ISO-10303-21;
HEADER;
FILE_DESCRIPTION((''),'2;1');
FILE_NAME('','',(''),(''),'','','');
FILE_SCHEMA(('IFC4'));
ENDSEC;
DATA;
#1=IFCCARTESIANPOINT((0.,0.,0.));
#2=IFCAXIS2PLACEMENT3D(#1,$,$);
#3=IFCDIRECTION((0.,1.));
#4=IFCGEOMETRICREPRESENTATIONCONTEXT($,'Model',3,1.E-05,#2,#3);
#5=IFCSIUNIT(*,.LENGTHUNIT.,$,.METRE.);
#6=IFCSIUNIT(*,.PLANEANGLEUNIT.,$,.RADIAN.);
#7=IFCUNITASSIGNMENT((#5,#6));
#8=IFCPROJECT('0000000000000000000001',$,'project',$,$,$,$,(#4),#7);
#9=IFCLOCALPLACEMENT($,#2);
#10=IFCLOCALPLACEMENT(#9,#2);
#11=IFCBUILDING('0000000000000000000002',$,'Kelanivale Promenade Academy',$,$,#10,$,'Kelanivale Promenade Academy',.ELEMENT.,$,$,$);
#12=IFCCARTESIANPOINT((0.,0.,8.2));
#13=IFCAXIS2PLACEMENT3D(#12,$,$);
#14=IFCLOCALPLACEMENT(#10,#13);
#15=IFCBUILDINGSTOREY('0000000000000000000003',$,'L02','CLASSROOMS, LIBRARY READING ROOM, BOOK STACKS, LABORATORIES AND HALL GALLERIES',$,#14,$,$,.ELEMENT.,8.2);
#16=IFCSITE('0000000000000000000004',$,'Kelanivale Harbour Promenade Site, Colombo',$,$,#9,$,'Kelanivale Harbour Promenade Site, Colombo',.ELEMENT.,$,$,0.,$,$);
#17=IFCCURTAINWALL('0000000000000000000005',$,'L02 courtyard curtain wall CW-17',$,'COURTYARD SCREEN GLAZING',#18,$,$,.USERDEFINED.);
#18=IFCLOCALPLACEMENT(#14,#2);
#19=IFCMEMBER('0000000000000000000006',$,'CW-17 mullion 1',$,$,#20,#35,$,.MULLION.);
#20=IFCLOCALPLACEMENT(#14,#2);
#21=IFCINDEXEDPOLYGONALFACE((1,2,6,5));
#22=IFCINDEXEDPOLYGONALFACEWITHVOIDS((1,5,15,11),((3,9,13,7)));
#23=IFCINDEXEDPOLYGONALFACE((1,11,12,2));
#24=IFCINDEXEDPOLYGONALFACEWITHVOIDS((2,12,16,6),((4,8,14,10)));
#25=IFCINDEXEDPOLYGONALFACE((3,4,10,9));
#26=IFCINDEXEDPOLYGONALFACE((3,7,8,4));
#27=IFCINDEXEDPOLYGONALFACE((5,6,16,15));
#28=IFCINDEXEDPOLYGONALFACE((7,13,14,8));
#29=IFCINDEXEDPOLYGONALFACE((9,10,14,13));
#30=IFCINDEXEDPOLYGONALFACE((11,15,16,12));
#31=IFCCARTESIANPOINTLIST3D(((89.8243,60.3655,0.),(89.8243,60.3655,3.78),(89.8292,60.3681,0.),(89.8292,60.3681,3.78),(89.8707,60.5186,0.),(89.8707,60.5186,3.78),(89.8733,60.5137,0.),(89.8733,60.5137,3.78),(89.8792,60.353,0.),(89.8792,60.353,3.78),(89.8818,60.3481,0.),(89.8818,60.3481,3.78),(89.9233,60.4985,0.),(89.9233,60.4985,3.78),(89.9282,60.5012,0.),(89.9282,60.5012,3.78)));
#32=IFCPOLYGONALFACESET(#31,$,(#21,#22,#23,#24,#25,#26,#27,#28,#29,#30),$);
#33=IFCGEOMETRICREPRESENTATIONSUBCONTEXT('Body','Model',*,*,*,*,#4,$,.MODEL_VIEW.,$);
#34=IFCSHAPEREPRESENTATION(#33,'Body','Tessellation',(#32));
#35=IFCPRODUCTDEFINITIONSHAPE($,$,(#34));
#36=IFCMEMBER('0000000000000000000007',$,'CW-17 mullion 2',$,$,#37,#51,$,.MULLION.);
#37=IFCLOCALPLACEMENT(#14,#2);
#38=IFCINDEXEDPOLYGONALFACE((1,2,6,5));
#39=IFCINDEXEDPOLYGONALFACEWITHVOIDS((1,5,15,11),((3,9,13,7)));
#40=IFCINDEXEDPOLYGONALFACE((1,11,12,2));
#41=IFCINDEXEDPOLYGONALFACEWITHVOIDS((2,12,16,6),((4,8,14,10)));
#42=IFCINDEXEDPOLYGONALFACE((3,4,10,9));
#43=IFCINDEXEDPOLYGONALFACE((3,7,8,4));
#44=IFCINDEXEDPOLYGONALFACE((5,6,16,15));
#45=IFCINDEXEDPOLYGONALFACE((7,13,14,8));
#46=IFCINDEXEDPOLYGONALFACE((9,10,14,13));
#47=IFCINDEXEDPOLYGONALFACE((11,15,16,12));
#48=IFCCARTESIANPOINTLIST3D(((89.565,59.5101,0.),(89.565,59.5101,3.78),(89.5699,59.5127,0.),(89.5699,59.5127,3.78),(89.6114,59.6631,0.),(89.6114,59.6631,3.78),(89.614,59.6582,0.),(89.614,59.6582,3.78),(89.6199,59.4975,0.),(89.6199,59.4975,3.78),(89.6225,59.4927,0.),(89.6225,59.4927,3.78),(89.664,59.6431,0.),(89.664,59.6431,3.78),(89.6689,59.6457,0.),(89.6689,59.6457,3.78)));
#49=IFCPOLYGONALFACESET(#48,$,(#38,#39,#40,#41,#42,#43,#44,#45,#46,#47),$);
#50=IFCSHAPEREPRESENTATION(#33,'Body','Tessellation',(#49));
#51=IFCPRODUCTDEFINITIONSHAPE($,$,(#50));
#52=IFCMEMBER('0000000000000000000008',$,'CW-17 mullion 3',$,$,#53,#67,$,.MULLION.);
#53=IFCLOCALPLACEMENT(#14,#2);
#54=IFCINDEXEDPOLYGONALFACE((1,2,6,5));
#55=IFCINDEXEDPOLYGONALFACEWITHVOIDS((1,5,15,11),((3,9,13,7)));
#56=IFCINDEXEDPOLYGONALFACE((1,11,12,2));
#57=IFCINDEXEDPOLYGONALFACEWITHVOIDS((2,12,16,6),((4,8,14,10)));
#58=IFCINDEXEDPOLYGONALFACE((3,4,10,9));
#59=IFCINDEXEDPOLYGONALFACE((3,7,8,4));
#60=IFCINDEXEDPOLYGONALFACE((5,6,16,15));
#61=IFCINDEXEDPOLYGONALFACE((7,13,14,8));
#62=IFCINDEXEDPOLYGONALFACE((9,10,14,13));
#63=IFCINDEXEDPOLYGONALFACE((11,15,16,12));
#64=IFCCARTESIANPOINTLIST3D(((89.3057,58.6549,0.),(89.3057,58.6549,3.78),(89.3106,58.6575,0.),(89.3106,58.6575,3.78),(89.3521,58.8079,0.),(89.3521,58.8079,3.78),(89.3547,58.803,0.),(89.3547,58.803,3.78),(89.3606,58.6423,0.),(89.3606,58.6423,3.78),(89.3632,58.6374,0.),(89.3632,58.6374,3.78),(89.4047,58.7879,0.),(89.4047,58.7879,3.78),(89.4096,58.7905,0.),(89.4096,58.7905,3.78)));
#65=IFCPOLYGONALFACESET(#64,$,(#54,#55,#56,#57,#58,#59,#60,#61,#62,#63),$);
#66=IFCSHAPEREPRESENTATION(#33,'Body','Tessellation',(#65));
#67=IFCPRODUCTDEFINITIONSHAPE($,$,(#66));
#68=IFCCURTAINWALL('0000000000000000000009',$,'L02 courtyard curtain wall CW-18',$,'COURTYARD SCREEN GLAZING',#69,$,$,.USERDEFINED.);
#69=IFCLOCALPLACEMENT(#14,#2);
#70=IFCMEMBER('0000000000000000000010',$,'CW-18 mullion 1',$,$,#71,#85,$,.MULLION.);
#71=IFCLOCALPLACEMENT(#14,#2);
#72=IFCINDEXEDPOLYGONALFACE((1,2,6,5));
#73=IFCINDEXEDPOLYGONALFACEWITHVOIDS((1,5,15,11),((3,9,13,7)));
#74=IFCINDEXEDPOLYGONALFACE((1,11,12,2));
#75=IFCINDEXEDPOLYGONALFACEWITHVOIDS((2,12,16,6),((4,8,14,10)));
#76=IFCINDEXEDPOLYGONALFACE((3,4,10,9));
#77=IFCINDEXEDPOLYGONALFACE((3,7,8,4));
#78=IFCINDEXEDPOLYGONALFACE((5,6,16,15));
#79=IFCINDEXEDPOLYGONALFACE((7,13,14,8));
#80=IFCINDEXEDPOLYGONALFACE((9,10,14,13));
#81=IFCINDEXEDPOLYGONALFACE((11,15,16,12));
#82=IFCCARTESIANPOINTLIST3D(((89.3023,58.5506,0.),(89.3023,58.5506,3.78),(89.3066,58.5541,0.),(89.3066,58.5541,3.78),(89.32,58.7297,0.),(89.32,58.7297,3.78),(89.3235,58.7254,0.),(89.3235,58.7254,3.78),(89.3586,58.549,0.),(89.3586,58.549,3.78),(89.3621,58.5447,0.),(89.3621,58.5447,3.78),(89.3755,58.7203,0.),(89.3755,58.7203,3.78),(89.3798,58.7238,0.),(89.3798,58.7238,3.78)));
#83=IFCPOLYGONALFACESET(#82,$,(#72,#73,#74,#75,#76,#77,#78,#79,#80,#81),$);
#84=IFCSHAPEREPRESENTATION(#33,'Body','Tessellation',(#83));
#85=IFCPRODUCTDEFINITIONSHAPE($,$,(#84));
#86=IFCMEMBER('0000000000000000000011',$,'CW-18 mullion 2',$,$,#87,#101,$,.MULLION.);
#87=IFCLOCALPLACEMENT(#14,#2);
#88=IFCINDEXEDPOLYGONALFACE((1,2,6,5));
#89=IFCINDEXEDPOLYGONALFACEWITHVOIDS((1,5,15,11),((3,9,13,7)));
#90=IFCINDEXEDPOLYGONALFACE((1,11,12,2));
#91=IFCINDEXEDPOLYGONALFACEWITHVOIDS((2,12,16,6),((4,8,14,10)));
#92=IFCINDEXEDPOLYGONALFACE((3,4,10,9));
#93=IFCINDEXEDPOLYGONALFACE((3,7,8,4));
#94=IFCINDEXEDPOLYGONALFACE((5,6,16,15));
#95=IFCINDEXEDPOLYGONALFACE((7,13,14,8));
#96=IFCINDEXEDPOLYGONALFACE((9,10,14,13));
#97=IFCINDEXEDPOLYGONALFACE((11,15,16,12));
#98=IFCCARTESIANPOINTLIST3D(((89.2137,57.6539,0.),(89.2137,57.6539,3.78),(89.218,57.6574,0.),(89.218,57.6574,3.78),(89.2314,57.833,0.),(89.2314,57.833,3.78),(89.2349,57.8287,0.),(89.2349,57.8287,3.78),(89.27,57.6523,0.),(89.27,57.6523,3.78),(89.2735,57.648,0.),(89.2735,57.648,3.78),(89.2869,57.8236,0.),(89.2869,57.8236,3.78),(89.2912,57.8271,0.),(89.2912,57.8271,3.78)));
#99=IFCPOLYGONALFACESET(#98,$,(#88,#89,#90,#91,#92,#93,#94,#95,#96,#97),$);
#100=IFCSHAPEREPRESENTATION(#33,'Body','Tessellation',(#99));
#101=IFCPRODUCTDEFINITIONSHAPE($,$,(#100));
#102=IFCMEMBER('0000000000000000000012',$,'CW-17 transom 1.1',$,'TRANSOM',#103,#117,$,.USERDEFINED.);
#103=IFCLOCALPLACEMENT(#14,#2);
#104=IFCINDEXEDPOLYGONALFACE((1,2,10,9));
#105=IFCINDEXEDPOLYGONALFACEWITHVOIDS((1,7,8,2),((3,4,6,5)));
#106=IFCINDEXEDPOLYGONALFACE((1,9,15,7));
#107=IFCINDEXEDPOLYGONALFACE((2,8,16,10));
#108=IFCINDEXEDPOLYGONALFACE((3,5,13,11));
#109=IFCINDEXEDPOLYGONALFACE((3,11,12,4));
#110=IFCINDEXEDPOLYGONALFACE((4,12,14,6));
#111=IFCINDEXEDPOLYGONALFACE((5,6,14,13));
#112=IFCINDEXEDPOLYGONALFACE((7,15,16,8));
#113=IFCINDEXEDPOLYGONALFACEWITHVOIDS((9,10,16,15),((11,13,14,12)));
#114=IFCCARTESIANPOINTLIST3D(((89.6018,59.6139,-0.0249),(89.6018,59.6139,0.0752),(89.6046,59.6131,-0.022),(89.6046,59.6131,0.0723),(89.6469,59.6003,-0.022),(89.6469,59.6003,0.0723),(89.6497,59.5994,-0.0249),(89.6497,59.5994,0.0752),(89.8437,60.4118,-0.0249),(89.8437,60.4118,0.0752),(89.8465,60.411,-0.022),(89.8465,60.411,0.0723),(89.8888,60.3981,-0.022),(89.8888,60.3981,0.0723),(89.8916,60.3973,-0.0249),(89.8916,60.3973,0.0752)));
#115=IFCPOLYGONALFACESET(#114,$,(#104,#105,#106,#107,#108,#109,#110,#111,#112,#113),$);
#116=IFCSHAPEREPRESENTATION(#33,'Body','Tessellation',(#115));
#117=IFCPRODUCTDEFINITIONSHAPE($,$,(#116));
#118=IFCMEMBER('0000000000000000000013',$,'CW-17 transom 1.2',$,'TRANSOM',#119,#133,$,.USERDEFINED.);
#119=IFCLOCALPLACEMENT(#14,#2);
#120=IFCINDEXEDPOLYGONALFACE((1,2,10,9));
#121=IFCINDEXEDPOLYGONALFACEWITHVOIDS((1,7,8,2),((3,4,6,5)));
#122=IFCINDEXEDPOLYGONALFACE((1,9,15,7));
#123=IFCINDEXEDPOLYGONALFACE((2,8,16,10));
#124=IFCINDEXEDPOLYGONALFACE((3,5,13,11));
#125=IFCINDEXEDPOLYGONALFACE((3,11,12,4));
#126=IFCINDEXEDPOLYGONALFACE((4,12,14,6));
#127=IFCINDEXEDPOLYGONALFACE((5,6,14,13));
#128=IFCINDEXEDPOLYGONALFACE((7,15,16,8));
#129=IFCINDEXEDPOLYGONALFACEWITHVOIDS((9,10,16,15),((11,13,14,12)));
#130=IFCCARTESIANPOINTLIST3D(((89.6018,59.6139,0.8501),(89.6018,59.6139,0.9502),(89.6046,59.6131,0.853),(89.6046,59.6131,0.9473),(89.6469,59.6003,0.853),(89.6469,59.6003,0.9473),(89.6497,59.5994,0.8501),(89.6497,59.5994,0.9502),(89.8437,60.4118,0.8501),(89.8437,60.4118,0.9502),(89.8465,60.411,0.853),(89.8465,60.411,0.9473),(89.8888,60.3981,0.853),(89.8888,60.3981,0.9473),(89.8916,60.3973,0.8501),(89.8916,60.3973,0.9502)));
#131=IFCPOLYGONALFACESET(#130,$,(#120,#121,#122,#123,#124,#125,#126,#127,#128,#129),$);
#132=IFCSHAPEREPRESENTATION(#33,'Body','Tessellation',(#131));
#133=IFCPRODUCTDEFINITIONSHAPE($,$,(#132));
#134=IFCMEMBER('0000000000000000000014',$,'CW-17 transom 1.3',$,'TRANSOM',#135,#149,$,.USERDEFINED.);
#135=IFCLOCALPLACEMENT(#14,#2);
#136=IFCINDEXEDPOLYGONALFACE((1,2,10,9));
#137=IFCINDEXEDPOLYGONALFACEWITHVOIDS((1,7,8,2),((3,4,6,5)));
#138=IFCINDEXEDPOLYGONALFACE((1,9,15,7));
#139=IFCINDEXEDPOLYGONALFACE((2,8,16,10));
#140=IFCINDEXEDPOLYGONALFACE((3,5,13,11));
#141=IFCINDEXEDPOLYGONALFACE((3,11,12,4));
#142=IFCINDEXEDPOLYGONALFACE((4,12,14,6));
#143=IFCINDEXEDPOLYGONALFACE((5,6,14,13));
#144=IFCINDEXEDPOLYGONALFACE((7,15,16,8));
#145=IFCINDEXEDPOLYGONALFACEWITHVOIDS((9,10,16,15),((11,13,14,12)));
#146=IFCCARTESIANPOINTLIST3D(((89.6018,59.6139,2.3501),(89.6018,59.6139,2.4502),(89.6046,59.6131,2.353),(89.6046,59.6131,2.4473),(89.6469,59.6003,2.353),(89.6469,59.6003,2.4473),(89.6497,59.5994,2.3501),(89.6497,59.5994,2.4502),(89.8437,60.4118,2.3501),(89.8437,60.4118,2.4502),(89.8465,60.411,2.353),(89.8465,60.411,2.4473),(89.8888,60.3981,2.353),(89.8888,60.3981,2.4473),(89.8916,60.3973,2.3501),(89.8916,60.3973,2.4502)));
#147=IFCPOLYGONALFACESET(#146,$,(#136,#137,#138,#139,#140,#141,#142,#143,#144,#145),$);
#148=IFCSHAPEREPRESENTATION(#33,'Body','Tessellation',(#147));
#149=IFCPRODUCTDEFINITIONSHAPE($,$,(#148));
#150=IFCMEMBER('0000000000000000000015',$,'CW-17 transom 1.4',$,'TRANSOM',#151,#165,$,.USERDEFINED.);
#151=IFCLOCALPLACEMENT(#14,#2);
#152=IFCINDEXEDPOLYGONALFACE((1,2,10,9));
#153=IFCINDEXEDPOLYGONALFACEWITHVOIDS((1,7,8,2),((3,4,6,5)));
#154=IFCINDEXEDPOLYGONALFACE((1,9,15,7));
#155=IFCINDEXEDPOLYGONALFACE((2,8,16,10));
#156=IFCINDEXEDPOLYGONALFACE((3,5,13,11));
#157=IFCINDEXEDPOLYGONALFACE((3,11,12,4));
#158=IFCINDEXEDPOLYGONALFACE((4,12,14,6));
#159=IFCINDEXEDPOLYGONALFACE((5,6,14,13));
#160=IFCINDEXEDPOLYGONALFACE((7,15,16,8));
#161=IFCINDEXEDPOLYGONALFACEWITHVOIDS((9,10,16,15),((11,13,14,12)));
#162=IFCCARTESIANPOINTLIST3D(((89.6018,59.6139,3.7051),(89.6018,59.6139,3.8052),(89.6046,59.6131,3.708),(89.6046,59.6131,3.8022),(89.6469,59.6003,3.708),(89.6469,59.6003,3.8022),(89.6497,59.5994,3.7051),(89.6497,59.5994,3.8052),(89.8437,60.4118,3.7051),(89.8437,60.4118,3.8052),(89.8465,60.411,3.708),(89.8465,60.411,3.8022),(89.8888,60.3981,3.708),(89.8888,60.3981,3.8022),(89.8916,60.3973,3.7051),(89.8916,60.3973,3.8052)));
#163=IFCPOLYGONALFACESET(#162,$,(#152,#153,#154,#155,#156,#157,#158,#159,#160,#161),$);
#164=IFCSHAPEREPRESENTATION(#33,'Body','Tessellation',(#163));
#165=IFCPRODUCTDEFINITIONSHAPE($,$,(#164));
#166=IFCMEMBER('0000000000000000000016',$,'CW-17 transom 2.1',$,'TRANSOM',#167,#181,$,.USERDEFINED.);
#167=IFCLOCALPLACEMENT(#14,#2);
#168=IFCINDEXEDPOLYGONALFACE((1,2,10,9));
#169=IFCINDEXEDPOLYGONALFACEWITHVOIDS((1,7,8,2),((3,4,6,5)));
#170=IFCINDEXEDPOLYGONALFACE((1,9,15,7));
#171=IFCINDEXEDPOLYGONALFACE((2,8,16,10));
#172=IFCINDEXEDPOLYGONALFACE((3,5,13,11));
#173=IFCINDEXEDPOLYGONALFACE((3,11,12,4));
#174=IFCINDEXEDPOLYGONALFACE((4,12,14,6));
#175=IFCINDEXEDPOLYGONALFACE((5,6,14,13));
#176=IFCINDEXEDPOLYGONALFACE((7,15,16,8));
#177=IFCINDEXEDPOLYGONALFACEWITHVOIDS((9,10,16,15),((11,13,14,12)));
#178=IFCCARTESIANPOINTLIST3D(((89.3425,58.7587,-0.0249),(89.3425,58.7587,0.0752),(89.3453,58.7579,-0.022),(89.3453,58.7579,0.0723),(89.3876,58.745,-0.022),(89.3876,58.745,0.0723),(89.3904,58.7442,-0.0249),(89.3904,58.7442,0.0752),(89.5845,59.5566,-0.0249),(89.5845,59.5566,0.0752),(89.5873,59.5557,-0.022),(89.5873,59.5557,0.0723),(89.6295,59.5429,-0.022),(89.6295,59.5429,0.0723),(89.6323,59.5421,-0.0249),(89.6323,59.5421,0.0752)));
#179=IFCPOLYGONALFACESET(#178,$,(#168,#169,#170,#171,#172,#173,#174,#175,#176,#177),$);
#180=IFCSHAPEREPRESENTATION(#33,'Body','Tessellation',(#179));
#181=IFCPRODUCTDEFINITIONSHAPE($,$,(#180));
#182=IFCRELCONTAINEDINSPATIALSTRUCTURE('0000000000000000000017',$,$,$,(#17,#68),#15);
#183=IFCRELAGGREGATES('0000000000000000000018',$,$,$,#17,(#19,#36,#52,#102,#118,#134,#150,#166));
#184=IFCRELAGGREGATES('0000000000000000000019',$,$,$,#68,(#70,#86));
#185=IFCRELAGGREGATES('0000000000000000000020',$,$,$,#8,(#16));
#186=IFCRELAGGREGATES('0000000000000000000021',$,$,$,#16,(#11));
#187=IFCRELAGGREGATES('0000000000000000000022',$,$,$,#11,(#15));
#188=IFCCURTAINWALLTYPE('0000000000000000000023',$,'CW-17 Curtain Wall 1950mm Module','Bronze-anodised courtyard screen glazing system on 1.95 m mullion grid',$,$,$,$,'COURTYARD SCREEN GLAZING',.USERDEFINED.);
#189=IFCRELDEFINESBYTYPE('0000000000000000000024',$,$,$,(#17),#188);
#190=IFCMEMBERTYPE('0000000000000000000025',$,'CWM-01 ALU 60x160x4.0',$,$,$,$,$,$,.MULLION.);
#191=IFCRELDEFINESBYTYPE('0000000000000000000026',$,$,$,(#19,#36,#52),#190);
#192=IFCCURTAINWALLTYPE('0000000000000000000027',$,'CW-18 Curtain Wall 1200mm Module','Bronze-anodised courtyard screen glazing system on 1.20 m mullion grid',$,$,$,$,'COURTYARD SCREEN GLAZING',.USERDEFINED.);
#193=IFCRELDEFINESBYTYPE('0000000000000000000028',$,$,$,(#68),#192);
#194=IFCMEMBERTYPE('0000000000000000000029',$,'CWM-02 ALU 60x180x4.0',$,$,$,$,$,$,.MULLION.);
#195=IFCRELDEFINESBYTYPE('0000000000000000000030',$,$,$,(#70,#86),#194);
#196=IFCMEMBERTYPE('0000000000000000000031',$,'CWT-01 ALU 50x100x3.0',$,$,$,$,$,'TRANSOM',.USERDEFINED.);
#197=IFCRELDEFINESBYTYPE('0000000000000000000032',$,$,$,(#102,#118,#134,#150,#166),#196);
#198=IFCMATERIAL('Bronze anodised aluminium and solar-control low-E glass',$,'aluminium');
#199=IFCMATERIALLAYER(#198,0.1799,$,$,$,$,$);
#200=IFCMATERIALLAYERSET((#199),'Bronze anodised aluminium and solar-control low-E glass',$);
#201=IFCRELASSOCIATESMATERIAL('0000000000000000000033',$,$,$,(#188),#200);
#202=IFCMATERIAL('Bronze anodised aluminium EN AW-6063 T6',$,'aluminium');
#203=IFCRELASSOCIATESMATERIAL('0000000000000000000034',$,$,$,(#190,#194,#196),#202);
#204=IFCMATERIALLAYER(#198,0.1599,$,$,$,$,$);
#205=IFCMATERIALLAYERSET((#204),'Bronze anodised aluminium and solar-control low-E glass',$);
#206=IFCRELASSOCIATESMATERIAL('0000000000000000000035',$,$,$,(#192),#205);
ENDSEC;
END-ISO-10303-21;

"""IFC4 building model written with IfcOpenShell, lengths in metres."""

from ifc_helpers import new_model, si_unit, direction, frame, origin, origin_2d, place, context, subcontext, project, spatial, hollow_rectangle, extrude, material, layer, layer_set, material_profile, profile_set, type_object, element, aggregate, save


model = new_model("IFC4")

# Units and contexts
model_context = context("Model", 3, precision=1e-05, world=origin(), true_north=direction((0.0, 1.0)))
body_context = subcontext(model_context, "Body", "Model", "MODEL_VIEW")
ifc_project = project(units=[si_unit("LENGTHUNIT", "METRE"), si_unit("PLANEANGLEUNIT", "RADIAN")], contexts=[model_context])

# Site, building, storey
site_placement = place(None, origin())
site = spatial("IfcSite", under=ifc_project, at=site_placement, Name="Kelanivale Harbour Promenade Site, Colombo", LongName="Kelanivale Harbour Promenade Site, Colombo", CompositionType="ELEMENT", RefElevation=0.0)
building_placement = place(site_placement, origin())
building = spatial("IfcBuilding", under=site, at=building_placement, Name="Kelanivale Promenade Academy", LongName="Kelanivale Promenade Academy", CompositionType="ELEMENT")
storey_placement = place(building_placement, frame((0.0, 0.0, 8.2)))
storey = spatial("IfcBuildingStorey", under=building, at=storey_placement, Name="L02", Description="CLASSROOMS, LIBRARY READING ROOM, BOOK STACKS, LABORATORIES AND HALL GALLERIES", CompositionType="ELEMENT", Elevation=8.2)

# Curtain walls, members
ifc_material_1 = material(Name="Bronze anodised aluminium and solar-control low-E glass", Category="aluminium")
ifc_layer_1 = layer(ifc_material_1, 0.1799)
ifc_layer_set_1 = layer_set([ifc_layer_1], Name="Bronze anodised aluminium and solar-control low-E glass")
curtain_wall_type_1 = type_object("IfcCurtainWallType", Name="CW-17 Curtain Wall 1950mm Module", Description="Bronze-anodised courtyard screen glazing system on 1.95 m mullion grid", ElementType="COURTYARD SCREEN GLAZING", PredefinedType="USERDEFINED", material=ifc_layer_set_1)
curtain_wall_1_placement = place(storey_placement, origin())
curtain_wall_1 = element("IfcCurtainWall", 1, at=curtain_wall_1_placement, inside=storey, type_object=curtain_wall_type_1, Name="L02 courtyard curtain wall CW-17", ObjectType="COURTYARD SCREEN GLAZING", PredefinedType="USERDEFINED")
ifc_material_2 = material(Name="Bronze anodised aluminium EN AW-6063 T6", Category="aluminium")
ifc_material_profile_1 = material_profile(ifc_material_2, hollow_rectangle(XDim=0.0601, YDim=0.1599, WallThickness=0.0039, at=origin_2d()), Name="ALU 60x160x4.0")
ifc_profile_set_1 = profile_set([ifc_material_profile_1], Name="Bronze anodised aluminium EN AW-6063 T6")
member_type_1 = type_object("IfcMemberType", Name="CWM-01 ALU 60x160x4.0", PredefinedType="MULLION", material=ifc_profile_set_1)
member_1_placement = place(storey_placement, frame((89.8762, 60.4333, 0.0), z_axis=(0.0, 0.0, 1.0), x_axis=(0.956988, -0.290128, 0.0)))
member_1 = element("IfcMember", 2, at=member_1_placement, type_object=member_type_1, Name="CW-17 mullion 1", PredefinedType="MULLION", context=body_context, shape_type="SweptSolid", body=[
    extrude(hollow_rectangle(XDim=0.0601, YDim=0.1599, WallThickness=0.0039, at=origin_2d()), origin(), (0.0, 0.0, 1.0), 3.78),
])
member_2_placement = place(storey_placement, frame((89.6169, 59.5779, 0.0), z_axis=(0.0, 0.0, 1.0), x_axis=(0.956988, -0.290128, 0.0)))
member_2 = element("IfcMember", 3, at=member_2_placement, type_object=member_type_1, Name="CW-17 mullion 2", PredefinedType="MULLION", context=body_context, shape_type="SweptSolid", body=[
    extrude(hollow_rectangle(XDim=0.0601, YDim=0.1599, WallThickness=0.0039, at=origin_2d()), origin(), (0.0, 0.0, 1.0), 3.78),
])
member_3_placement = place(storey_placement, frame((89.3577, 58.7227, 0.0), z_axis=(0.0, 0.0, 1.0), x_axis=(0.956988, -0.290128, 0.0)))
member_3 = element("IfcMember", 4, at=member_3_placement, type_object=member_type_1, Name="CW-17 mullion 3", PredefinedType="MULLION", context=body_context, shape_type="SweptSolid", body=[
    extrude(hollow_rectangle(XDim=0.0601, YDim=0.1599, WallThickness=0.0039, at=origin_2d()), origin(), (0.0, 0.0, 1.0), 3.78),
])
ifc_layer_2 = layer(ifc_material_1, 0.1599)
ifc_layer_set_2 = layer_set([ifc_layer_2], Name="Bronze anodised aluminium and solar-control low-E glass")
curtain_wall_type_2 = type_object("IfcCurtainWallType", Name="CW-18 Curtain Wall 1200mm Module", Description="Bronze-anodised courtyard screen glazing system on 1.20 m mullion grid", ElementType="COURTYARD SCREEN GLAZING", PredefinedType="USERDEFINED", material=ifc_layer_set_2)
curtain_wall_2_placement = place(storey_placement, origin())
curtain_wall_2 = element("IfcCurtainWall", 5, at=curtain_wall_2_placement, inside=storey, type_object=curtain_wall_type_2, Name="L02 courtyard curtain wall CW-18", ObjectType="COURTYARD SCREEN GLAZING", PredefinedType="USERDEFINED")
ifc_material_profile_2 = material_profile(ifc_material_2, hollow_rectangle(XDim=0.0601, YDim=0.1799, WallThickness=0.0039, at=origin_2d()), Name="ALU 60x180x4.0")
ifc_profile_set_2 = profile_set([ifc_material_profile_2], Name="Bronze anodised aluminium EN AW-6063 T6")
member_type_2 = type_object("IfcMemberType", Name="CWM-02 ALU 60x180x4.0", PredefinedType="MULLION", material=ifc_profile_set_2)
member_4_placement = place(storey_placement, frame((89.3411, 58.6372, 0.0), z_axis=(0.0, 0.0, 1.0), x_axis=(0.995159, -0.098281, 0.0)))
member_4 = element("IfcMember", 6, at=member_4_placement, type_object=member_type_2, Name="CW-18 mullion 1", PredefinedType="MULLION", context=body_context, shape_type="SweptSolid", body=[
    extrude(hollow_rectangle(XDim=0.0601, YDim=0.1799, WallThickness=0.0039, at=origin_2d()), origin(), (0.0, 0.0, 1.0), 3.78),
])
member_5_placement = place(storey_placement, frame((89.2524, 57.7405, 0.0), z_axis=(0.0, 0.0, 1.0), x_axis=(0.995159, -0.098281, 0.0)))
member_5 = element("IfcMember", 7, at=member_5_placement, type_object=member_type_2, Name="CW-18 mullion 2", PredefinedType="MULLION", context=body_context, shape_type="SweptSolid", body=[
    extrude(hollow_rectangle(XDim=0.0601, YDim=0.1799, WallThickness=0.0039, at=origin_2d()), origin(), (0.0, 0.0, 1.0), 3.78),
])

# Members
ifc_material_profile_3 = material_profile(ifc_material_2, hollow_rectangle(XDim=0.05, YDim=0.1001, WallThickness=0.0029, at=origin_2d()), Name="ALU 50x100x3.0")
ifc_profile_set_3 = profile_set([ifc_material_profile_3], Name="Bronze anodised aluminium EN AW-6063 T6")
member_type_3 = type_object("IfcMemberType", Name="CWT-01 ALU 50x100x3.0", ElementType="TRANSOM", PredefinedType="USERDEFINED", material=ifc_profile_set_3)
member_6_placement = place(storey_placement, frame((89.8677, 60.4045, 0.0251), z_axis=(-0.290194, -0.956968, 0.0), x_axis=(0.956968, -0.290194, 0.0)))
member_6 = element("IfcMember", 8, at=member_6_placement, type_object=member_type_3, Name="CW-17 transom 1.1", ObjectType="TRANSOM", PredefinedType="USERDEFINED", context=body_context, shape_type="SweptSolid", body=[
    extrude(hollow_rectangle(XDim=0.05, YDim=0.1001, WallThickness=0.0029, at=origin_2d()), origin(), (0.0, 0.0, 1.0), 0.8337),
])
member_7_placement = place(storey_placement, frame((89.8677, 60.4045, 0.9001), z_axis=(-0.290194, -0.956968, 0.0), x_axis=(0.956968, -0.290194, 0.0)))
member_7 = element("IfcMember", 9, at=member_7_placement, type_object=member_type_3, Name="CW-17 transom 1.2", ObjectType="TRANSOM", PredefinedType="USERDEFINED", context=body_context, shape_type="SweptSolid", body=[
    extrude(hollow_rectangle(XDim=0.05, YDim=0.1001, WallThickness=0.0029, at=origin_2d()), origin(), (0.0, 0.0, 1.0), 0.8337),
])
member_8_placement = place(storey_placement, frame((89.8677, 60.4045, 2.4001), z_axis=(-0.290194, -0.956968, 0.0), x_axis=(0.956968, -0.290194, 0.0)))
member_8 = element("IfcMember", 10, at=member_8_placement, type_object=member_type_3, Name="CW-17 transom 1.3", ObjectType="TRANSOM", PredefinedType="USERDEFINED", context=body_context, shape_type="SweptSolid", body=[
    extrude(hollow_rectangle(XDim=0.05, YDim=0.1001, WallThickness=0.0029, at=origin_2d()), origin(), (0.0, 0.0, 1.0), 0.8337),
])
member_9_placement = place(storey_placement, frame((89.8677, 60.4045, 3.7551), z_axis=(-0.290194, -0.956968, 0.0), x_axis=(0.956968, -0.290194, 0.0)))
member_9 = element("IfcMember", 11, at=member_9_placement, type_object=member_type_3, Name="CW-17 transom 1.4", ObjectType="TRANSOM", PredefinedType="USERDEFINED", context=body_context, shape_type="SweptSolid", body=[
    extrude(hollow_rectangle(XDim=0.05, YDim=0.1001, WallThickness=0.0029, at=origin_2d()), origin(), (0.0, 0.0, 1.0), 0.8337),
])
member_10_placement = place(storey_placement, frame((89.6084, 59.5493, 0.0251), z_axis=(-0.290194, -0.956968, 0.0), x_axis=(0.956968, -0.290194, 0.0)))
member_10 = element("IfcMember", 12, at=member_10_placement, type_object=member_type_3, Name="CW-17 transom 2.1", ObjectType="TRANSOM", PredefinedType="USERDEFINED", context=body_context, shape_type="SweptSolid", body=[
    extrude(hollow_rectangle(XDim=0.05, YDim=0.1001, WallThickness=0.0029, at=origin_2d()), origin(), (0.0, 0.0, 1.0), 0.8337),
])

aggregate(curtain_wall_1, [member_1, member_2, member_3, member_6, member_7, member_8, member_9, member_10])
aggregate(curtain_wall_2, [member_4, member_5])

save(model, "model.ifc")
